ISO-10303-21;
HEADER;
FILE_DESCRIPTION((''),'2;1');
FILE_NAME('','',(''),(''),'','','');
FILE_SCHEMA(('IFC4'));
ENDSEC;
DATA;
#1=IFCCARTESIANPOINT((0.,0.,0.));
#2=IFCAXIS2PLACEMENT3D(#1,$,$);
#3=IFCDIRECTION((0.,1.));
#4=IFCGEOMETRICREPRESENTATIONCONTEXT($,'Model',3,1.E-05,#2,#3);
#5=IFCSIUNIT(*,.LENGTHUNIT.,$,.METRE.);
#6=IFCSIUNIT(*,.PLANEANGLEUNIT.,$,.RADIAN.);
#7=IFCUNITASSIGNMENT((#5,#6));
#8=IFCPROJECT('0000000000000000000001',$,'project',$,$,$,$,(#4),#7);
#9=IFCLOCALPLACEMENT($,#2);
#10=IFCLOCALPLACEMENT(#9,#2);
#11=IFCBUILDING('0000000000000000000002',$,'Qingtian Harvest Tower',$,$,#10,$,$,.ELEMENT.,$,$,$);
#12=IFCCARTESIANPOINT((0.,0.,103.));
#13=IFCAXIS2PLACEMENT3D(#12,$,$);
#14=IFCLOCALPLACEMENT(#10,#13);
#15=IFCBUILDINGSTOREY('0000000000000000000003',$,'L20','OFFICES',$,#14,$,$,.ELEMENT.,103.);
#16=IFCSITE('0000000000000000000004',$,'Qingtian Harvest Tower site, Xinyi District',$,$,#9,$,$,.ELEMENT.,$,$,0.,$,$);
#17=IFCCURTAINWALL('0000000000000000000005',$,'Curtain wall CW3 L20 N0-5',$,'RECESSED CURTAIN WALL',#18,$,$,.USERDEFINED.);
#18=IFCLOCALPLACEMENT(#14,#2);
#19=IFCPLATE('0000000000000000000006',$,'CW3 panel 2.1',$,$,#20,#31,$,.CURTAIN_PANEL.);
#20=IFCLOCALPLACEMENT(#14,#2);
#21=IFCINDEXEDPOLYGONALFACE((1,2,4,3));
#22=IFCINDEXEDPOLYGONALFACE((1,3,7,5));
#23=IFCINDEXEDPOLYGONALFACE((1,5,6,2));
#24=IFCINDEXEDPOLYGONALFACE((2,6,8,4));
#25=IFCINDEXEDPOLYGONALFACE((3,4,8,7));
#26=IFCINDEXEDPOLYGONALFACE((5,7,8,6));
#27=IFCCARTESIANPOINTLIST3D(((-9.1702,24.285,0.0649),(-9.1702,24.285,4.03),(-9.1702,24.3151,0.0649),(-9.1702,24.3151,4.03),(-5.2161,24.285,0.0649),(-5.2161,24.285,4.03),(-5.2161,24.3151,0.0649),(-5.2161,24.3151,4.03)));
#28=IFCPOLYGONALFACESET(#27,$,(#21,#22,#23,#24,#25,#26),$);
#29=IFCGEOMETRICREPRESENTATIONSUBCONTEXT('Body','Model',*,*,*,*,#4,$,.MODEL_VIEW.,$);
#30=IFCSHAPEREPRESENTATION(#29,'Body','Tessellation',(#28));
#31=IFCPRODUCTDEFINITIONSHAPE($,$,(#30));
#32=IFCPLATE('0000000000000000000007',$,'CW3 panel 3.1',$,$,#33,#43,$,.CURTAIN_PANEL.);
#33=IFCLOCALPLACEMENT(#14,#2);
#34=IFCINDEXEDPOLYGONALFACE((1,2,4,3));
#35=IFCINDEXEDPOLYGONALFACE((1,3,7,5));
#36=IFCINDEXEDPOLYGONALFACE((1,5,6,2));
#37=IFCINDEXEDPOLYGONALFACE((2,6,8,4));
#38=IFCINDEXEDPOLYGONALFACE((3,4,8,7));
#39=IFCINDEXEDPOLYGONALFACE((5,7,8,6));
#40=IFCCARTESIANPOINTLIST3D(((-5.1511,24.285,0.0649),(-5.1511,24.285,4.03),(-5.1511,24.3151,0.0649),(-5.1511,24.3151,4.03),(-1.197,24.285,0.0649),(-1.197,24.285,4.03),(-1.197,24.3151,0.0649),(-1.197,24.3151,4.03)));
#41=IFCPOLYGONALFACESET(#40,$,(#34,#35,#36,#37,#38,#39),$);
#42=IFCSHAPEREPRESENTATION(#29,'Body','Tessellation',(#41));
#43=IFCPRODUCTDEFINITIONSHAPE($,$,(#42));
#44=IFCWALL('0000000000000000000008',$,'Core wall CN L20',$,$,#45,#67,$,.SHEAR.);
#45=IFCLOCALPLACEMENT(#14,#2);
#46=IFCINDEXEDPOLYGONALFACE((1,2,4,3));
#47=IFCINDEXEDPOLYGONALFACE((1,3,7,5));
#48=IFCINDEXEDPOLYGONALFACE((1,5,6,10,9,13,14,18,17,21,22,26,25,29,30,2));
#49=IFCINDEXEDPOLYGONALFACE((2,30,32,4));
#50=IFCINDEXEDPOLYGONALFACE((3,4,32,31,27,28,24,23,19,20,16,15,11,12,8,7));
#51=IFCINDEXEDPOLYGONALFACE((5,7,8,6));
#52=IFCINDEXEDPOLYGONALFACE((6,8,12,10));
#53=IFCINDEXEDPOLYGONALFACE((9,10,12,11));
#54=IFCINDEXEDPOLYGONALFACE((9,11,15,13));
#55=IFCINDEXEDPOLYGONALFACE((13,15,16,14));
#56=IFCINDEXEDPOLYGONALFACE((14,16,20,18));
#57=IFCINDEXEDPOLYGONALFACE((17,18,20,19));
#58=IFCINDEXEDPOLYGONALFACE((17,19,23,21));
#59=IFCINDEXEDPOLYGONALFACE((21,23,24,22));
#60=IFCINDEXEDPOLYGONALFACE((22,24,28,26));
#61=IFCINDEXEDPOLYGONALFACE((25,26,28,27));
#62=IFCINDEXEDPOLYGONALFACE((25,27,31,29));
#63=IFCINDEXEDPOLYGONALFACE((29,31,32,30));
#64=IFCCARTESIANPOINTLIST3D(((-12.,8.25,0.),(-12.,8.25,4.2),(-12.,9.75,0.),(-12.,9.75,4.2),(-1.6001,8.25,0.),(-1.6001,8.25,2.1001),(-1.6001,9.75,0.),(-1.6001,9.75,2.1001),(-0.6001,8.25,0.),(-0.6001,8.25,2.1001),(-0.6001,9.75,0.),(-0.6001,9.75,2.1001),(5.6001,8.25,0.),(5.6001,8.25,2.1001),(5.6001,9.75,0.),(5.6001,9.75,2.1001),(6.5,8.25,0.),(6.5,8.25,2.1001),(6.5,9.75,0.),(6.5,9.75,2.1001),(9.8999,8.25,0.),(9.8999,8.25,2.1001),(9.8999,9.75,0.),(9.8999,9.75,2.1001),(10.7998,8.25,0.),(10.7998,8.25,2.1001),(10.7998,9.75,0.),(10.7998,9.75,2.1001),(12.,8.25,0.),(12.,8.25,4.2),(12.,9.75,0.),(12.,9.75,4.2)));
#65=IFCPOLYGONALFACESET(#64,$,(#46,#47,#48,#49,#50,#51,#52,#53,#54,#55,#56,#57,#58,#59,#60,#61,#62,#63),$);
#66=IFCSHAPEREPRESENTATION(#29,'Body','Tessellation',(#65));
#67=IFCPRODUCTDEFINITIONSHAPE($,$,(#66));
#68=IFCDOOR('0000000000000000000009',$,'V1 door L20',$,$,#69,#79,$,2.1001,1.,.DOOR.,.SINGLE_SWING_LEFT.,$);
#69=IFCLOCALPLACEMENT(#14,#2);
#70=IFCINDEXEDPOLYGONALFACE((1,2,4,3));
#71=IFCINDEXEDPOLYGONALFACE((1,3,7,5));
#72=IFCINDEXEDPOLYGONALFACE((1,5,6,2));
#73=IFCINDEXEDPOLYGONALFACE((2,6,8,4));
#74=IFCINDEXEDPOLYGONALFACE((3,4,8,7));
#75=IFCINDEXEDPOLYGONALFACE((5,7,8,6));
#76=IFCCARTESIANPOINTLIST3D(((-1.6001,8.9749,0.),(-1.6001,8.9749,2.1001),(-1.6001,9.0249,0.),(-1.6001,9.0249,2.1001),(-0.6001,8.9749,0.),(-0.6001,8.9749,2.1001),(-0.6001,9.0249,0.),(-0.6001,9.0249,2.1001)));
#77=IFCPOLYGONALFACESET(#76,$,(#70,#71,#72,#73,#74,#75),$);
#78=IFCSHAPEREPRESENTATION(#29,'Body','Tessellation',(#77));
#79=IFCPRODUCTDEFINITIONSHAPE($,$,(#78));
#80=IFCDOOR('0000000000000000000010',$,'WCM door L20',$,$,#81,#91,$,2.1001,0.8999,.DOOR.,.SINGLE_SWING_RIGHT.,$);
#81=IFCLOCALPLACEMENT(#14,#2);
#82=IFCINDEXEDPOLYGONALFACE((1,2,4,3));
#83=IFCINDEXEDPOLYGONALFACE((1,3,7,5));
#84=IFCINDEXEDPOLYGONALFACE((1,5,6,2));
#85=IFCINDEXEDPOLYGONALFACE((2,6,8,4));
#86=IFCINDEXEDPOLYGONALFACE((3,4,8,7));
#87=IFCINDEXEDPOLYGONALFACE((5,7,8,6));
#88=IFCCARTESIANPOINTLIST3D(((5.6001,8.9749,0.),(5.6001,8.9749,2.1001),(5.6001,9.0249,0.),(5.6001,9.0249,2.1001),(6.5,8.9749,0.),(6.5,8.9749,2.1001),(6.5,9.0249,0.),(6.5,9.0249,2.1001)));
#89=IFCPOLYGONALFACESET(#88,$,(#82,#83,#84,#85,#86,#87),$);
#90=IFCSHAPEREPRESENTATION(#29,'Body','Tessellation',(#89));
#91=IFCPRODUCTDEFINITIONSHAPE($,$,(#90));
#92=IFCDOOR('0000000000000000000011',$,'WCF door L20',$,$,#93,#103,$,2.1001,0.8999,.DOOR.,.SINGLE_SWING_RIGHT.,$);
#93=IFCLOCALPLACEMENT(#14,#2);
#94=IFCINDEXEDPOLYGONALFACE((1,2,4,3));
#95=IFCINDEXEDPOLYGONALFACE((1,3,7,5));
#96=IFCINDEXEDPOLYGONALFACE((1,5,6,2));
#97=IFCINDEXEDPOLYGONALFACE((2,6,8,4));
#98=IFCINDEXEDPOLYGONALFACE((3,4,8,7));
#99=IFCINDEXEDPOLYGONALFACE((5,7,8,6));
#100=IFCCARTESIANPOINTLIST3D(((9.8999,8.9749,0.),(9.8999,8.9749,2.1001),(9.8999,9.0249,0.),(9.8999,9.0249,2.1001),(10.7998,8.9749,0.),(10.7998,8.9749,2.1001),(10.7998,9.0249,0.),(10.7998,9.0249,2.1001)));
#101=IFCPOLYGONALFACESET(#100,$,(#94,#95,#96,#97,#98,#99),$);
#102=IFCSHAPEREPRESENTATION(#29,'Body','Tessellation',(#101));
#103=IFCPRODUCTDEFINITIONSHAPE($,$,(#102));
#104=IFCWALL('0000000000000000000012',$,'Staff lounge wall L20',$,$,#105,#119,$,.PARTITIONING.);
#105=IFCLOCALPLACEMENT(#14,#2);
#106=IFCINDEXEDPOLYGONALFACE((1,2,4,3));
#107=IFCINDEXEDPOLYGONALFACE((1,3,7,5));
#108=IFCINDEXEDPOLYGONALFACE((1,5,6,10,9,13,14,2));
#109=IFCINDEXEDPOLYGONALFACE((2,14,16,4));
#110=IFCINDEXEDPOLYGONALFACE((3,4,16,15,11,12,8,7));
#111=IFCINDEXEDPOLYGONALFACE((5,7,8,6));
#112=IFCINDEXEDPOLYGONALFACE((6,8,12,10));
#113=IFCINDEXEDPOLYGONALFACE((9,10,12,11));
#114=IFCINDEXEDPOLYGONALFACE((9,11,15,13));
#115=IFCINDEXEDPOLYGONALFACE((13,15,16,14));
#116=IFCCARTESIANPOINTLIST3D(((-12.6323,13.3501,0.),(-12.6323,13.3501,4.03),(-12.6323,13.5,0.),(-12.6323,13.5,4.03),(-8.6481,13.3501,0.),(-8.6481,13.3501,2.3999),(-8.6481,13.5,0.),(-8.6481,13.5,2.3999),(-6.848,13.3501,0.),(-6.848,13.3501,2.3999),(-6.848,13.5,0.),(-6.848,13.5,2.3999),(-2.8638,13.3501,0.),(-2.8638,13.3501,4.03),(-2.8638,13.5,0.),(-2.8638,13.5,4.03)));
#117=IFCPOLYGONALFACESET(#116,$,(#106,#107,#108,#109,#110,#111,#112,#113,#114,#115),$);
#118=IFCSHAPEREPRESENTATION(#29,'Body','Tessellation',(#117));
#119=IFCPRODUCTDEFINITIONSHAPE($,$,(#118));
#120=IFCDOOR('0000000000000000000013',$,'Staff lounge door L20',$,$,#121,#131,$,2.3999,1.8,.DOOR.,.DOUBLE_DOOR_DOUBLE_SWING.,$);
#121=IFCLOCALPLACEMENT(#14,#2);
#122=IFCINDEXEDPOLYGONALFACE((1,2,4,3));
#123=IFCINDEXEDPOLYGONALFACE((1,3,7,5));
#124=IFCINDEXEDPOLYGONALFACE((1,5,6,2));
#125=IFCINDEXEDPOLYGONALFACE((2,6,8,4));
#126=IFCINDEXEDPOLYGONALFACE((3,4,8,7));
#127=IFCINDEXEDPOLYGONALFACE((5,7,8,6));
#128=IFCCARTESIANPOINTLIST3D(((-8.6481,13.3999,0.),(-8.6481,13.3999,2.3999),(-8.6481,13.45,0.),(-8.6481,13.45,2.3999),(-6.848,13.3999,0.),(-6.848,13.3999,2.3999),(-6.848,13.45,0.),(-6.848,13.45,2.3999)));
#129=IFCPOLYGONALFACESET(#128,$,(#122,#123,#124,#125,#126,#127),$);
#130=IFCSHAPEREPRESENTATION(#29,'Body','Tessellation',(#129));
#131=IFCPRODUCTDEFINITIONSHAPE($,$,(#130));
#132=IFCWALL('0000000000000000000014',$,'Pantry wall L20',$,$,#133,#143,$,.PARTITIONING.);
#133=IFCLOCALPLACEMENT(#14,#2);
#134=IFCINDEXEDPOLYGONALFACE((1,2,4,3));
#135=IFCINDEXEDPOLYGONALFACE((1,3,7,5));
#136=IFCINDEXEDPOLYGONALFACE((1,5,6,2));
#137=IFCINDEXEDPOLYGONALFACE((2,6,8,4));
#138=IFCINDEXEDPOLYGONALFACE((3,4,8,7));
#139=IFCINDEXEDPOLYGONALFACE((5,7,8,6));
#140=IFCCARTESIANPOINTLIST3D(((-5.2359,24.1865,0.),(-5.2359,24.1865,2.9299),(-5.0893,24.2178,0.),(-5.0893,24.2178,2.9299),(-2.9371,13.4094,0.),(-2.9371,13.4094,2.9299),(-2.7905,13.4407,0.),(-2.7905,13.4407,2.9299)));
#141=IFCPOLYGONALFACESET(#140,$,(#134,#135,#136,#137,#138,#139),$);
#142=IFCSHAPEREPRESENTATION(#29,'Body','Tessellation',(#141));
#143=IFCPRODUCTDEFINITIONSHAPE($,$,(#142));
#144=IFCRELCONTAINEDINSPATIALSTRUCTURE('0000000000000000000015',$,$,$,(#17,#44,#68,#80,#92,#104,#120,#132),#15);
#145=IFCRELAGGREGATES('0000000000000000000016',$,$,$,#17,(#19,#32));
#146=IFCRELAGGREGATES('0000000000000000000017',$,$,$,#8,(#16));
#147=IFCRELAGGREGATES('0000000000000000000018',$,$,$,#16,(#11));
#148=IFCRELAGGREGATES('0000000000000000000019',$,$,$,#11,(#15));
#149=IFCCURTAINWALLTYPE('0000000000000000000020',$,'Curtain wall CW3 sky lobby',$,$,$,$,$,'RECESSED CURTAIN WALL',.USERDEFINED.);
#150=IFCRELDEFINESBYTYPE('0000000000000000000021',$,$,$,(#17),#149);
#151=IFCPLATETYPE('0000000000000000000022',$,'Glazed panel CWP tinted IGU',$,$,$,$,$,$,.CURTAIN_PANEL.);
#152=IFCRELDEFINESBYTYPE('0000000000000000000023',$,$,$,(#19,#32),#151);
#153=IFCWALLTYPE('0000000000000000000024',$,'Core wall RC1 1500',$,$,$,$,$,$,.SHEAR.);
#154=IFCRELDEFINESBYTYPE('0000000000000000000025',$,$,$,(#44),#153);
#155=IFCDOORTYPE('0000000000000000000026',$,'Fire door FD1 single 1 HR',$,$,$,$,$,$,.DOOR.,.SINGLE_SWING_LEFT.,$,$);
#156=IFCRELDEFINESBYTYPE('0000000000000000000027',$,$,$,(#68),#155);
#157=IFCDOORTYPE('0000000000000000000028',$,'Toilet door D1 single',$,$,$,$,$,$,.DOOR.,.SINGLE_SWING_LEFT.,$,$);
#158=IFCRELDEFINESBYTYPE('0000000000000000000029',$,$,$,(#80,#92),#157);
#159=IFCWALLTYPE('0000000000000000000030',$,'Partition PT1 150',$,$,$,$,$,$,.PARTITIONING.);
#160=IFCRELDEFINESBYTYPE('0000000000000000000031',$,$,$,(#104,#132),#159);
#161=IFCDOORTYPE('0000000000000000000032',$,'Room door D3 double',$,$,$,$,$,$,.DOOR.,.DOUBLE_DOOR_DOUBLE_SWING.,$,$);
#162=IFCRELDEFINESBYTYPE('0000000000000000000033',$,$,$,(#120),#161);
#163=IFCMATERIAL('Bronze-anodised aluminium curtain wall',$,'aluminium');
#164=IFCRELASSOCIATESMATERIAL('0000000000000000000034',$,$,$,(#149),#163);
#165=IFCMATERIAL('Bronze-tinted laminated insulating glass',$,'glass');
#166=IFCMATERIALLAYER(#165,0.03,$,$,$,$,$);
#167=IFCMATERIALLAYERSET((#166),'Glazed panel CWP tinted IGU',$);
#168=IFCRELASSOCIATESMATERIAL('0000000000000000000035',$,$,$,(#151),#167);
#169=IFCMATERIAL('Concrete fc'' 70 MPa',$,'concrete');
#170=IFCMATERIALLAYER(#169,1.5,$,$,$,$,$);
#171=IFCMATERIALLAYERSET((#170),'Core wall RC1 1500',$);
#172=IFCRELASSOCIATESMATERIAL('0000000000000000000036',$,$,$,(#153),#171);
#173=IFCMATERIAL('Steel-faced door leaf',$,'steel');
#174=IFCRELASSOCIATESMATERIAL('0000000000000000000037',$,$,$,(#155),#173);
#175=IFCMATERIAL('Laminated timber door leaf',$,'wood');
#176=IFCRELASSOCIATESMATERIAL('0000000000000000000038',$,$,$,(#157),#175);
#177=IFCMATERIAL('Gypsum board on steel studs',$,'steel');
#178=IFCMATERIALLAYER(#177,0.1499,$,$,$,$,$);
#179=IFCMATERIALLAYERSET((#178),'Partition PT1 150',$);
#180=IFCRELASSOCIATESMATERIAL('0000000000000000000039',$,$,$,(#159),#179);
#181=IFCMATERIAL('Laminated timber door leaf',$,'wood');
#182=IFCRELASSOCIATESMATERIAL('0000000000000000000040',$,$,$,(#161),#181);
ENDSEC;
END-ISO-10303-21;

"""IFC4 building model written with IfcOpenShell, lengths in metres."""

from ifc_helpers import new_model, si_unit, direction, frame, frame_2d, origin, origin_2d, place, context, subcontext, project, spatial, rectangle, extrude, material, layer, layer_set, type_object, element, fill, aggregate, save


model = new_model("IFC4")

# Units and contexts
model_context = context("Model", 3, precision=1e-05, world=origin(), true_north=direction((0.0, 1.0)))
body_context = subcontext(model_context, "Body", "Model", "MODEL_VIEW")
ifc_project = project(units=[si_unit("LENGTHUNIT", "METRE"), si_unit("PLANEANGLEUNIT", "RADIAN")], contexts=[model_context])

# Site, building, storey
site_placement = place(None, origin())
site = spatial("IfcSite", under=ifc_project, at=site_placement, Name="Qingtian Harvest Tower site, Xinyi District", CompositionType="ELEMENT", RefElevation=0.0)
building_placement = place(site_placement, origin())
building = spatial("IfcBuilding", under=site, at=building_placement, Name="Qingtian Harvest Tower", CompositionType="ELEMENT")
storey_placement = place(building_placement, frame((0.0, 0.0, 103.0)))
storey = spatial("IfcBuildingStorey", under=building, at=storey_placement, Name="L20", Description="OFFICES", CompositionType="ELEMENT", Elevation=103.0)

# Curtain wall
ifc_material_1 = material(Name="Bronze-anodised aluminium curtain wall", Category="aluminium")
curtain_wall_type = type_object("IfcCurtainWallType", Name="Curtain wall CW3 sky lobby", ElementType="RECESSED CURTAIN WALL", PredefinedType="USERDEFINED", material=ifc_material_1)
curtain_wall_placement = place(storey_placement, origin())
curtain_wall = element("IfcCurtainWall", 1, at=curtain_wall_placement, inside=storey, type_object=curtain_wall_type, Name="Curtain wall CW3 L20 N0-5", ObjectType="RECESSED CURTAIN WALL", PredefinedType="USERDEFINED")

# Plates
ifc_material_2 = material(Name="Bronze-tinted laminated insulating glass", Category="glass")
ifc_layer_1 = layer(ifc_material_2, 0.03)
ifc_layer_set_1 = layer_set([ifc_layer_1], Name="Glazed panel CWP tinted IGU")
plate_type = type_object("IfcPlateType", Name="Glazed panel CWP tinted IGU", PredefinedType="CURTAIN_PANEL", material=ifc_layer_set_1)
plate_1_placement = place(storey_placement, frame((-7.1931, 24.3, 0.0649), z_axis=(0.0, 0.0, 1.0), x_axis=(1.0, 0.0, 0.0)))
plate_1 = element("IfcPlate", 2, at=plate_1_placement, type_object=plate_type, Name="CW3 panel 2.1", PredefinedType="CURTAIN_PANEL", context=body_context, shape_type="SweptSolid", body=[
    extrude(rectangle(XDim=3.9541, YDim=0.03, at=origin_2d()), origin(), (0.0, 0.0, 1.0), 3.9651),
])
plate_2_placement = place(storey_placement, frame((-3.1741, 24.3, 0.0649), z_axis=(0.0, 0.0, 1.0), x_axis=(1.0, 0.0, 0.0)))
plate_2 = element("IfcPlate", 3, at=plate_2_placement, type_object=plate_type, Name="CW3 panel 3.1", PredefinedType="CURTAIN_PANEL", context=body_context, shape_type="SweptSolid", body=[
    extrude(rectangle(XDim=3.9541, YDim=0.03, at=origin_2d()), origin(), (0.0, 0.0, 1.0), 3.9651),
])
aggregate(curtain_wall, [plate_1, plate_2])

# Wall, openings, doors
ifc_material_3 = material(Name="Concrete fc' 70 MPa", Category="concrete")
ifc_layer_2 = layer(ifc_material_3, 1.5)
ifc_layer_set_2 = layer_set([ifc_layer_2], Name="Core wall RC1 1500")
wall_type_1 = type_object("IfcWallType", Name="Core wall RC1 1500", PredefinedType="SHEAR", material=ifc_layer_set_2)
wall_1_placement = place(storey_placement, frame((-12.0, 9.0, 0.0), z_axis=(0.0, 0.0, 1.0), x_axis=(1.0, 0.0, 0.0)))
wall_1 = element("IfcWall", 4, at=wall_1_placement, inside=storey, type_object=wall_type_1, Name="Core wall CN L20", PredefinedType="SHEAR", context=body_context, shape_type="SweptSolid", body=[
    extrude(rectangle(XDim=24.0, YDim=1.5, at=frame_2d((12.0, 0.0))), origin(), (0.0, 0.0, 1.0), 4.2),
])
opening_1_placement = place(wall_1_placement, frame((10.3999, 0.0, 0.0)))
opening_1 = element("IfcOpeningElement", 5, at=opening_1_placement, cuts=wall_1, PredefinedType="OPENING", context=body_context, shape_type="SweptSolid", body=[
    extrude(rectangle(XDim=1.0, YDim=2.1001, at=frame_2d((0.5, 1.05))), frame((0.0, 0.76, 0.0), z_axis=(0.0, -1.0, 0.0), x_axis=(1.0, 0.0, 0.0)), (0.0, 0.0, 1.0), 1.52),
])
opening_2_placement = place(wall_1_placement, frame((17.6001, 0.0, 0.0)))
opening_2 = element("IfcOpeningElement", 6, at=opening_2_placement, cuts=wall_1, PredefinedType="OPENING", context=body_context, shape_type="SweptSolid", body=[
    extrude(rectangle(XDim=0.8999, YDim=2.1001, at=frame_2d((0.45, 1.05))), frame((0.0, 0.76, 0.0), z_axis=(0.0, -1.0, 0.0), x_axis=(1.0, 0.0, 0.0)), (0.0, 0.0, 1.0), 1.52),
])
opening_3_placement = place(wall_1_placement, frame((21.8999, 0.0, 0.0)))
opening_3 = element("IfcOpeningElement", 7, at=opening_3_placement, cuts=wall_1, PredefinedType="OPENING", context=body_context, shape_type="SweptSolid", body=[
    extrude(rectangle(XDim=0.8999, YDim=2.1001, at=frame_2d((0.45, 1.05))), frame((0.0, 0.76, 0.0), z_axis=(0.0, -1.0, 0.0), x_axis=(1.0, 0.0, 0.0)), (0.0, 0.0, 1.0), 1.52),
])
ifc_material_4 = material(Name="Steel-faced door leaf", Category="steel")
door_type_1 = type_object("IfcDoorType", Name="Fire door FD1 single 1 HR", OperationType="SINGLE_SWING_LEFT", PredefinedType="DOOR", material=ifc_material_4)
door_1_placement = place(opening_1_placement, origin())
door_1 = element("IfcDoor", 8, at=door_1_placement, inside=storey, type_object=door_type_1, Name="V1 door L20", OperationType="SINGLE_SWING_LEFT", OverallHeight=2.1001, OverallWidth=1.0, PredefinedType="DOOR", context=body_context, shape_type="SweptSolid", body=[
    extrude(rectangle(XDim=1.0, YDim=2.1001, at=frame_2d((0.5, 1.05))), frame((0.0, 0.0249, 0.0), z_axis=(0.0, -1.0, 0.0), x_axis=(1.0, 0.0, 0.0)), (0.0, 0.0, 1.0), 0.05),
])
fill(opening_1, door_1)
ifc_material_5 = material(Name="Laminated timber door leaf", Category="wood")
door_type_2 = type_object("IfcDoorType", Name="Toilet door D1 single", OperationType="SINGLE_SWING_LEFT", PredefinedType="DOOR", material=ifc_material_5)
door_2_placement = place(opening_2_placement, origin())
door_2 = element("IfcDoor", 9, at=door_2_placement, inside=storey, type_object=door_type_2, Name="WCM door L20", OperationType="SINGLE_SWING_RIGHT", OverallHeight=2.1001, OverallWidth=0.8999, PredefinedType="DOOR", context=body_context, shape_type="SweptSolid", body=[
    extrude(rectangle(XDim=0.8999, YDim=2.1001, at=frame_2d((0.45, 1.05))), frame((0.0, 0.0249, 0.0), z_axis=(0.0, -1.0, 0.0), x_axis=(1.0, 0.0, 0.0)), (0.0, 0.0, 1.0), 0.05),
])
fill(opening_2, door_2)
door_3_placement = place(opening_3_placement, origin())
door_3 = element("IfcDoor", 10, at=door_3_placement, inside=storey, type_object=door_type_2, Name="WCF door L20", OperationType="SINGLE_SWING_RIGHT", OverallHeight=2.1001, OverallWidth=0.8999, PredefinedType="DOOR", context=body_context, shape_type="SweptSolid", body=[
    extrude(rectangle(XDim=0.8999, YDim=2.1001, at=frame_2d((0.45, 1.05))), frame((0.0, 0.0249, 0.0), z_axis=(0.0, -1.0, 0.0), x_axis=(1.0, 0.0, 0.0)), (0.0, 0.0, 1.0), 0.05),
])
fill(opening_3, door_3)

# Wall, opening, door
ifc_material_6 = material(Name="Gypsum board on steel studs", Category="steel")
ifc_layer_3 = layer(ifc_material_6, 0.1499)
ifc_layer_set_3 = layer_set([ifc_layer_3], Name="Partition PT1 150")
wall_type_2 = type_object("IfcWallType", Name="Partition PT1 150", PredefinedType="PARTITIONING", material=ifc_layer_set_3)
wall_2_placement = place(storey_placement, frame((-12.6323, 13.425, 0.0), z_axis=(0.0, 0.0, 1.0), x_axis=(1.0, 0.0, 0.0)))
wall_2 = element("IfcWall", 11, at=wall_2_placement, inside=storey, type_object=wall_type_2, Name="Staff lounge wall L20", PredefinedType="PARTITIONING", context=body_context, shape_type="SweptSolid", body=[
    extrude(rectangle(XDim=9.7686, YDim=0.1499, at=frame_2d((4.8843, 0.0))), origin(), (0.0, 0.0, 1.0), 4.03),
])
opening_4_placement = place(wall_2_placement, frame((3.9844, 0.0, 0.0)))
opening_4 = element("IfcOpeningElement", 12, at=opening_4_placement, cuts=wall_2, PredefinedType="OPENING", context=body_context, shape_type="SweptSolid", body=[
    extrude(rectangle(XDim=1.8, YDim=2.3999, at=frame_2d((0.8999, 1.2))), frame((0.0, 0.085, 0.0), z_axis=(0.0, -1.0, 0.0), x_axis=(1.0, 0.0, 0.0)), (0.0, 0.0, 1.0), 0.1699),
])
ifc_material_7 = material(Name="Laminated timber door leaf", Category="wood")
door_type_3 = type_object("IfcDoorType", Name="Room door D3 double", OperationType="DOUBLE_DOOR_DOUBLE_SWING", PredefinedType="DOOR", material=ifc_material_7)
door_4_placement = place(opening_4_placement, origin())
door_4 = element("IfcDoor", 13, at=door_4_placement, inside=storey, type_object=door_type_3, Name="Staff lounge door L20", OperationType="DOUBLE_DOOR_DOUBLE_SWING", OverallHeight=2.3999, OverallWidth=1.8, PredefinedType="DOOR", context=body_context, shape_type="SweptSolid", body=[
    extrude(rectangle(XDim=1.8, YDim=2.3999, at=frame_2d((0.8999, 1.2))), frame((0.0, 0.0249, 0.0), z_axis=(0.0, -1.0, 0.0), x_axis=(1.0, 0.0, 0.0)), (0.0, 0.0, 1.0), 0.05),
])
fill(opening_4, door_4)

# Wall
wall_3_placement = place(storey_placement, frame((-5.1626, 24.2021, 0.0), z_axis=(0.0, 0.0, 1.0), x_axis=(0.208614, -0.977998, 0.0)))
element("IfcWall", 14, at=wall_3_placement, inside=storey, type_object=wall_type_2, Name="Pantry wall L20", PredefinedType="PARTITIONING", context=body_context, shape_type="SweptSolid", body=[
    extrude(rectangle(XDim=11.0195, YDim=0.1499, at=frame_2d((5.5098, 0.0))), origin(), (0.0, 0.0, 1.0), 2.9299),
])

save(model, "model.ifc")
